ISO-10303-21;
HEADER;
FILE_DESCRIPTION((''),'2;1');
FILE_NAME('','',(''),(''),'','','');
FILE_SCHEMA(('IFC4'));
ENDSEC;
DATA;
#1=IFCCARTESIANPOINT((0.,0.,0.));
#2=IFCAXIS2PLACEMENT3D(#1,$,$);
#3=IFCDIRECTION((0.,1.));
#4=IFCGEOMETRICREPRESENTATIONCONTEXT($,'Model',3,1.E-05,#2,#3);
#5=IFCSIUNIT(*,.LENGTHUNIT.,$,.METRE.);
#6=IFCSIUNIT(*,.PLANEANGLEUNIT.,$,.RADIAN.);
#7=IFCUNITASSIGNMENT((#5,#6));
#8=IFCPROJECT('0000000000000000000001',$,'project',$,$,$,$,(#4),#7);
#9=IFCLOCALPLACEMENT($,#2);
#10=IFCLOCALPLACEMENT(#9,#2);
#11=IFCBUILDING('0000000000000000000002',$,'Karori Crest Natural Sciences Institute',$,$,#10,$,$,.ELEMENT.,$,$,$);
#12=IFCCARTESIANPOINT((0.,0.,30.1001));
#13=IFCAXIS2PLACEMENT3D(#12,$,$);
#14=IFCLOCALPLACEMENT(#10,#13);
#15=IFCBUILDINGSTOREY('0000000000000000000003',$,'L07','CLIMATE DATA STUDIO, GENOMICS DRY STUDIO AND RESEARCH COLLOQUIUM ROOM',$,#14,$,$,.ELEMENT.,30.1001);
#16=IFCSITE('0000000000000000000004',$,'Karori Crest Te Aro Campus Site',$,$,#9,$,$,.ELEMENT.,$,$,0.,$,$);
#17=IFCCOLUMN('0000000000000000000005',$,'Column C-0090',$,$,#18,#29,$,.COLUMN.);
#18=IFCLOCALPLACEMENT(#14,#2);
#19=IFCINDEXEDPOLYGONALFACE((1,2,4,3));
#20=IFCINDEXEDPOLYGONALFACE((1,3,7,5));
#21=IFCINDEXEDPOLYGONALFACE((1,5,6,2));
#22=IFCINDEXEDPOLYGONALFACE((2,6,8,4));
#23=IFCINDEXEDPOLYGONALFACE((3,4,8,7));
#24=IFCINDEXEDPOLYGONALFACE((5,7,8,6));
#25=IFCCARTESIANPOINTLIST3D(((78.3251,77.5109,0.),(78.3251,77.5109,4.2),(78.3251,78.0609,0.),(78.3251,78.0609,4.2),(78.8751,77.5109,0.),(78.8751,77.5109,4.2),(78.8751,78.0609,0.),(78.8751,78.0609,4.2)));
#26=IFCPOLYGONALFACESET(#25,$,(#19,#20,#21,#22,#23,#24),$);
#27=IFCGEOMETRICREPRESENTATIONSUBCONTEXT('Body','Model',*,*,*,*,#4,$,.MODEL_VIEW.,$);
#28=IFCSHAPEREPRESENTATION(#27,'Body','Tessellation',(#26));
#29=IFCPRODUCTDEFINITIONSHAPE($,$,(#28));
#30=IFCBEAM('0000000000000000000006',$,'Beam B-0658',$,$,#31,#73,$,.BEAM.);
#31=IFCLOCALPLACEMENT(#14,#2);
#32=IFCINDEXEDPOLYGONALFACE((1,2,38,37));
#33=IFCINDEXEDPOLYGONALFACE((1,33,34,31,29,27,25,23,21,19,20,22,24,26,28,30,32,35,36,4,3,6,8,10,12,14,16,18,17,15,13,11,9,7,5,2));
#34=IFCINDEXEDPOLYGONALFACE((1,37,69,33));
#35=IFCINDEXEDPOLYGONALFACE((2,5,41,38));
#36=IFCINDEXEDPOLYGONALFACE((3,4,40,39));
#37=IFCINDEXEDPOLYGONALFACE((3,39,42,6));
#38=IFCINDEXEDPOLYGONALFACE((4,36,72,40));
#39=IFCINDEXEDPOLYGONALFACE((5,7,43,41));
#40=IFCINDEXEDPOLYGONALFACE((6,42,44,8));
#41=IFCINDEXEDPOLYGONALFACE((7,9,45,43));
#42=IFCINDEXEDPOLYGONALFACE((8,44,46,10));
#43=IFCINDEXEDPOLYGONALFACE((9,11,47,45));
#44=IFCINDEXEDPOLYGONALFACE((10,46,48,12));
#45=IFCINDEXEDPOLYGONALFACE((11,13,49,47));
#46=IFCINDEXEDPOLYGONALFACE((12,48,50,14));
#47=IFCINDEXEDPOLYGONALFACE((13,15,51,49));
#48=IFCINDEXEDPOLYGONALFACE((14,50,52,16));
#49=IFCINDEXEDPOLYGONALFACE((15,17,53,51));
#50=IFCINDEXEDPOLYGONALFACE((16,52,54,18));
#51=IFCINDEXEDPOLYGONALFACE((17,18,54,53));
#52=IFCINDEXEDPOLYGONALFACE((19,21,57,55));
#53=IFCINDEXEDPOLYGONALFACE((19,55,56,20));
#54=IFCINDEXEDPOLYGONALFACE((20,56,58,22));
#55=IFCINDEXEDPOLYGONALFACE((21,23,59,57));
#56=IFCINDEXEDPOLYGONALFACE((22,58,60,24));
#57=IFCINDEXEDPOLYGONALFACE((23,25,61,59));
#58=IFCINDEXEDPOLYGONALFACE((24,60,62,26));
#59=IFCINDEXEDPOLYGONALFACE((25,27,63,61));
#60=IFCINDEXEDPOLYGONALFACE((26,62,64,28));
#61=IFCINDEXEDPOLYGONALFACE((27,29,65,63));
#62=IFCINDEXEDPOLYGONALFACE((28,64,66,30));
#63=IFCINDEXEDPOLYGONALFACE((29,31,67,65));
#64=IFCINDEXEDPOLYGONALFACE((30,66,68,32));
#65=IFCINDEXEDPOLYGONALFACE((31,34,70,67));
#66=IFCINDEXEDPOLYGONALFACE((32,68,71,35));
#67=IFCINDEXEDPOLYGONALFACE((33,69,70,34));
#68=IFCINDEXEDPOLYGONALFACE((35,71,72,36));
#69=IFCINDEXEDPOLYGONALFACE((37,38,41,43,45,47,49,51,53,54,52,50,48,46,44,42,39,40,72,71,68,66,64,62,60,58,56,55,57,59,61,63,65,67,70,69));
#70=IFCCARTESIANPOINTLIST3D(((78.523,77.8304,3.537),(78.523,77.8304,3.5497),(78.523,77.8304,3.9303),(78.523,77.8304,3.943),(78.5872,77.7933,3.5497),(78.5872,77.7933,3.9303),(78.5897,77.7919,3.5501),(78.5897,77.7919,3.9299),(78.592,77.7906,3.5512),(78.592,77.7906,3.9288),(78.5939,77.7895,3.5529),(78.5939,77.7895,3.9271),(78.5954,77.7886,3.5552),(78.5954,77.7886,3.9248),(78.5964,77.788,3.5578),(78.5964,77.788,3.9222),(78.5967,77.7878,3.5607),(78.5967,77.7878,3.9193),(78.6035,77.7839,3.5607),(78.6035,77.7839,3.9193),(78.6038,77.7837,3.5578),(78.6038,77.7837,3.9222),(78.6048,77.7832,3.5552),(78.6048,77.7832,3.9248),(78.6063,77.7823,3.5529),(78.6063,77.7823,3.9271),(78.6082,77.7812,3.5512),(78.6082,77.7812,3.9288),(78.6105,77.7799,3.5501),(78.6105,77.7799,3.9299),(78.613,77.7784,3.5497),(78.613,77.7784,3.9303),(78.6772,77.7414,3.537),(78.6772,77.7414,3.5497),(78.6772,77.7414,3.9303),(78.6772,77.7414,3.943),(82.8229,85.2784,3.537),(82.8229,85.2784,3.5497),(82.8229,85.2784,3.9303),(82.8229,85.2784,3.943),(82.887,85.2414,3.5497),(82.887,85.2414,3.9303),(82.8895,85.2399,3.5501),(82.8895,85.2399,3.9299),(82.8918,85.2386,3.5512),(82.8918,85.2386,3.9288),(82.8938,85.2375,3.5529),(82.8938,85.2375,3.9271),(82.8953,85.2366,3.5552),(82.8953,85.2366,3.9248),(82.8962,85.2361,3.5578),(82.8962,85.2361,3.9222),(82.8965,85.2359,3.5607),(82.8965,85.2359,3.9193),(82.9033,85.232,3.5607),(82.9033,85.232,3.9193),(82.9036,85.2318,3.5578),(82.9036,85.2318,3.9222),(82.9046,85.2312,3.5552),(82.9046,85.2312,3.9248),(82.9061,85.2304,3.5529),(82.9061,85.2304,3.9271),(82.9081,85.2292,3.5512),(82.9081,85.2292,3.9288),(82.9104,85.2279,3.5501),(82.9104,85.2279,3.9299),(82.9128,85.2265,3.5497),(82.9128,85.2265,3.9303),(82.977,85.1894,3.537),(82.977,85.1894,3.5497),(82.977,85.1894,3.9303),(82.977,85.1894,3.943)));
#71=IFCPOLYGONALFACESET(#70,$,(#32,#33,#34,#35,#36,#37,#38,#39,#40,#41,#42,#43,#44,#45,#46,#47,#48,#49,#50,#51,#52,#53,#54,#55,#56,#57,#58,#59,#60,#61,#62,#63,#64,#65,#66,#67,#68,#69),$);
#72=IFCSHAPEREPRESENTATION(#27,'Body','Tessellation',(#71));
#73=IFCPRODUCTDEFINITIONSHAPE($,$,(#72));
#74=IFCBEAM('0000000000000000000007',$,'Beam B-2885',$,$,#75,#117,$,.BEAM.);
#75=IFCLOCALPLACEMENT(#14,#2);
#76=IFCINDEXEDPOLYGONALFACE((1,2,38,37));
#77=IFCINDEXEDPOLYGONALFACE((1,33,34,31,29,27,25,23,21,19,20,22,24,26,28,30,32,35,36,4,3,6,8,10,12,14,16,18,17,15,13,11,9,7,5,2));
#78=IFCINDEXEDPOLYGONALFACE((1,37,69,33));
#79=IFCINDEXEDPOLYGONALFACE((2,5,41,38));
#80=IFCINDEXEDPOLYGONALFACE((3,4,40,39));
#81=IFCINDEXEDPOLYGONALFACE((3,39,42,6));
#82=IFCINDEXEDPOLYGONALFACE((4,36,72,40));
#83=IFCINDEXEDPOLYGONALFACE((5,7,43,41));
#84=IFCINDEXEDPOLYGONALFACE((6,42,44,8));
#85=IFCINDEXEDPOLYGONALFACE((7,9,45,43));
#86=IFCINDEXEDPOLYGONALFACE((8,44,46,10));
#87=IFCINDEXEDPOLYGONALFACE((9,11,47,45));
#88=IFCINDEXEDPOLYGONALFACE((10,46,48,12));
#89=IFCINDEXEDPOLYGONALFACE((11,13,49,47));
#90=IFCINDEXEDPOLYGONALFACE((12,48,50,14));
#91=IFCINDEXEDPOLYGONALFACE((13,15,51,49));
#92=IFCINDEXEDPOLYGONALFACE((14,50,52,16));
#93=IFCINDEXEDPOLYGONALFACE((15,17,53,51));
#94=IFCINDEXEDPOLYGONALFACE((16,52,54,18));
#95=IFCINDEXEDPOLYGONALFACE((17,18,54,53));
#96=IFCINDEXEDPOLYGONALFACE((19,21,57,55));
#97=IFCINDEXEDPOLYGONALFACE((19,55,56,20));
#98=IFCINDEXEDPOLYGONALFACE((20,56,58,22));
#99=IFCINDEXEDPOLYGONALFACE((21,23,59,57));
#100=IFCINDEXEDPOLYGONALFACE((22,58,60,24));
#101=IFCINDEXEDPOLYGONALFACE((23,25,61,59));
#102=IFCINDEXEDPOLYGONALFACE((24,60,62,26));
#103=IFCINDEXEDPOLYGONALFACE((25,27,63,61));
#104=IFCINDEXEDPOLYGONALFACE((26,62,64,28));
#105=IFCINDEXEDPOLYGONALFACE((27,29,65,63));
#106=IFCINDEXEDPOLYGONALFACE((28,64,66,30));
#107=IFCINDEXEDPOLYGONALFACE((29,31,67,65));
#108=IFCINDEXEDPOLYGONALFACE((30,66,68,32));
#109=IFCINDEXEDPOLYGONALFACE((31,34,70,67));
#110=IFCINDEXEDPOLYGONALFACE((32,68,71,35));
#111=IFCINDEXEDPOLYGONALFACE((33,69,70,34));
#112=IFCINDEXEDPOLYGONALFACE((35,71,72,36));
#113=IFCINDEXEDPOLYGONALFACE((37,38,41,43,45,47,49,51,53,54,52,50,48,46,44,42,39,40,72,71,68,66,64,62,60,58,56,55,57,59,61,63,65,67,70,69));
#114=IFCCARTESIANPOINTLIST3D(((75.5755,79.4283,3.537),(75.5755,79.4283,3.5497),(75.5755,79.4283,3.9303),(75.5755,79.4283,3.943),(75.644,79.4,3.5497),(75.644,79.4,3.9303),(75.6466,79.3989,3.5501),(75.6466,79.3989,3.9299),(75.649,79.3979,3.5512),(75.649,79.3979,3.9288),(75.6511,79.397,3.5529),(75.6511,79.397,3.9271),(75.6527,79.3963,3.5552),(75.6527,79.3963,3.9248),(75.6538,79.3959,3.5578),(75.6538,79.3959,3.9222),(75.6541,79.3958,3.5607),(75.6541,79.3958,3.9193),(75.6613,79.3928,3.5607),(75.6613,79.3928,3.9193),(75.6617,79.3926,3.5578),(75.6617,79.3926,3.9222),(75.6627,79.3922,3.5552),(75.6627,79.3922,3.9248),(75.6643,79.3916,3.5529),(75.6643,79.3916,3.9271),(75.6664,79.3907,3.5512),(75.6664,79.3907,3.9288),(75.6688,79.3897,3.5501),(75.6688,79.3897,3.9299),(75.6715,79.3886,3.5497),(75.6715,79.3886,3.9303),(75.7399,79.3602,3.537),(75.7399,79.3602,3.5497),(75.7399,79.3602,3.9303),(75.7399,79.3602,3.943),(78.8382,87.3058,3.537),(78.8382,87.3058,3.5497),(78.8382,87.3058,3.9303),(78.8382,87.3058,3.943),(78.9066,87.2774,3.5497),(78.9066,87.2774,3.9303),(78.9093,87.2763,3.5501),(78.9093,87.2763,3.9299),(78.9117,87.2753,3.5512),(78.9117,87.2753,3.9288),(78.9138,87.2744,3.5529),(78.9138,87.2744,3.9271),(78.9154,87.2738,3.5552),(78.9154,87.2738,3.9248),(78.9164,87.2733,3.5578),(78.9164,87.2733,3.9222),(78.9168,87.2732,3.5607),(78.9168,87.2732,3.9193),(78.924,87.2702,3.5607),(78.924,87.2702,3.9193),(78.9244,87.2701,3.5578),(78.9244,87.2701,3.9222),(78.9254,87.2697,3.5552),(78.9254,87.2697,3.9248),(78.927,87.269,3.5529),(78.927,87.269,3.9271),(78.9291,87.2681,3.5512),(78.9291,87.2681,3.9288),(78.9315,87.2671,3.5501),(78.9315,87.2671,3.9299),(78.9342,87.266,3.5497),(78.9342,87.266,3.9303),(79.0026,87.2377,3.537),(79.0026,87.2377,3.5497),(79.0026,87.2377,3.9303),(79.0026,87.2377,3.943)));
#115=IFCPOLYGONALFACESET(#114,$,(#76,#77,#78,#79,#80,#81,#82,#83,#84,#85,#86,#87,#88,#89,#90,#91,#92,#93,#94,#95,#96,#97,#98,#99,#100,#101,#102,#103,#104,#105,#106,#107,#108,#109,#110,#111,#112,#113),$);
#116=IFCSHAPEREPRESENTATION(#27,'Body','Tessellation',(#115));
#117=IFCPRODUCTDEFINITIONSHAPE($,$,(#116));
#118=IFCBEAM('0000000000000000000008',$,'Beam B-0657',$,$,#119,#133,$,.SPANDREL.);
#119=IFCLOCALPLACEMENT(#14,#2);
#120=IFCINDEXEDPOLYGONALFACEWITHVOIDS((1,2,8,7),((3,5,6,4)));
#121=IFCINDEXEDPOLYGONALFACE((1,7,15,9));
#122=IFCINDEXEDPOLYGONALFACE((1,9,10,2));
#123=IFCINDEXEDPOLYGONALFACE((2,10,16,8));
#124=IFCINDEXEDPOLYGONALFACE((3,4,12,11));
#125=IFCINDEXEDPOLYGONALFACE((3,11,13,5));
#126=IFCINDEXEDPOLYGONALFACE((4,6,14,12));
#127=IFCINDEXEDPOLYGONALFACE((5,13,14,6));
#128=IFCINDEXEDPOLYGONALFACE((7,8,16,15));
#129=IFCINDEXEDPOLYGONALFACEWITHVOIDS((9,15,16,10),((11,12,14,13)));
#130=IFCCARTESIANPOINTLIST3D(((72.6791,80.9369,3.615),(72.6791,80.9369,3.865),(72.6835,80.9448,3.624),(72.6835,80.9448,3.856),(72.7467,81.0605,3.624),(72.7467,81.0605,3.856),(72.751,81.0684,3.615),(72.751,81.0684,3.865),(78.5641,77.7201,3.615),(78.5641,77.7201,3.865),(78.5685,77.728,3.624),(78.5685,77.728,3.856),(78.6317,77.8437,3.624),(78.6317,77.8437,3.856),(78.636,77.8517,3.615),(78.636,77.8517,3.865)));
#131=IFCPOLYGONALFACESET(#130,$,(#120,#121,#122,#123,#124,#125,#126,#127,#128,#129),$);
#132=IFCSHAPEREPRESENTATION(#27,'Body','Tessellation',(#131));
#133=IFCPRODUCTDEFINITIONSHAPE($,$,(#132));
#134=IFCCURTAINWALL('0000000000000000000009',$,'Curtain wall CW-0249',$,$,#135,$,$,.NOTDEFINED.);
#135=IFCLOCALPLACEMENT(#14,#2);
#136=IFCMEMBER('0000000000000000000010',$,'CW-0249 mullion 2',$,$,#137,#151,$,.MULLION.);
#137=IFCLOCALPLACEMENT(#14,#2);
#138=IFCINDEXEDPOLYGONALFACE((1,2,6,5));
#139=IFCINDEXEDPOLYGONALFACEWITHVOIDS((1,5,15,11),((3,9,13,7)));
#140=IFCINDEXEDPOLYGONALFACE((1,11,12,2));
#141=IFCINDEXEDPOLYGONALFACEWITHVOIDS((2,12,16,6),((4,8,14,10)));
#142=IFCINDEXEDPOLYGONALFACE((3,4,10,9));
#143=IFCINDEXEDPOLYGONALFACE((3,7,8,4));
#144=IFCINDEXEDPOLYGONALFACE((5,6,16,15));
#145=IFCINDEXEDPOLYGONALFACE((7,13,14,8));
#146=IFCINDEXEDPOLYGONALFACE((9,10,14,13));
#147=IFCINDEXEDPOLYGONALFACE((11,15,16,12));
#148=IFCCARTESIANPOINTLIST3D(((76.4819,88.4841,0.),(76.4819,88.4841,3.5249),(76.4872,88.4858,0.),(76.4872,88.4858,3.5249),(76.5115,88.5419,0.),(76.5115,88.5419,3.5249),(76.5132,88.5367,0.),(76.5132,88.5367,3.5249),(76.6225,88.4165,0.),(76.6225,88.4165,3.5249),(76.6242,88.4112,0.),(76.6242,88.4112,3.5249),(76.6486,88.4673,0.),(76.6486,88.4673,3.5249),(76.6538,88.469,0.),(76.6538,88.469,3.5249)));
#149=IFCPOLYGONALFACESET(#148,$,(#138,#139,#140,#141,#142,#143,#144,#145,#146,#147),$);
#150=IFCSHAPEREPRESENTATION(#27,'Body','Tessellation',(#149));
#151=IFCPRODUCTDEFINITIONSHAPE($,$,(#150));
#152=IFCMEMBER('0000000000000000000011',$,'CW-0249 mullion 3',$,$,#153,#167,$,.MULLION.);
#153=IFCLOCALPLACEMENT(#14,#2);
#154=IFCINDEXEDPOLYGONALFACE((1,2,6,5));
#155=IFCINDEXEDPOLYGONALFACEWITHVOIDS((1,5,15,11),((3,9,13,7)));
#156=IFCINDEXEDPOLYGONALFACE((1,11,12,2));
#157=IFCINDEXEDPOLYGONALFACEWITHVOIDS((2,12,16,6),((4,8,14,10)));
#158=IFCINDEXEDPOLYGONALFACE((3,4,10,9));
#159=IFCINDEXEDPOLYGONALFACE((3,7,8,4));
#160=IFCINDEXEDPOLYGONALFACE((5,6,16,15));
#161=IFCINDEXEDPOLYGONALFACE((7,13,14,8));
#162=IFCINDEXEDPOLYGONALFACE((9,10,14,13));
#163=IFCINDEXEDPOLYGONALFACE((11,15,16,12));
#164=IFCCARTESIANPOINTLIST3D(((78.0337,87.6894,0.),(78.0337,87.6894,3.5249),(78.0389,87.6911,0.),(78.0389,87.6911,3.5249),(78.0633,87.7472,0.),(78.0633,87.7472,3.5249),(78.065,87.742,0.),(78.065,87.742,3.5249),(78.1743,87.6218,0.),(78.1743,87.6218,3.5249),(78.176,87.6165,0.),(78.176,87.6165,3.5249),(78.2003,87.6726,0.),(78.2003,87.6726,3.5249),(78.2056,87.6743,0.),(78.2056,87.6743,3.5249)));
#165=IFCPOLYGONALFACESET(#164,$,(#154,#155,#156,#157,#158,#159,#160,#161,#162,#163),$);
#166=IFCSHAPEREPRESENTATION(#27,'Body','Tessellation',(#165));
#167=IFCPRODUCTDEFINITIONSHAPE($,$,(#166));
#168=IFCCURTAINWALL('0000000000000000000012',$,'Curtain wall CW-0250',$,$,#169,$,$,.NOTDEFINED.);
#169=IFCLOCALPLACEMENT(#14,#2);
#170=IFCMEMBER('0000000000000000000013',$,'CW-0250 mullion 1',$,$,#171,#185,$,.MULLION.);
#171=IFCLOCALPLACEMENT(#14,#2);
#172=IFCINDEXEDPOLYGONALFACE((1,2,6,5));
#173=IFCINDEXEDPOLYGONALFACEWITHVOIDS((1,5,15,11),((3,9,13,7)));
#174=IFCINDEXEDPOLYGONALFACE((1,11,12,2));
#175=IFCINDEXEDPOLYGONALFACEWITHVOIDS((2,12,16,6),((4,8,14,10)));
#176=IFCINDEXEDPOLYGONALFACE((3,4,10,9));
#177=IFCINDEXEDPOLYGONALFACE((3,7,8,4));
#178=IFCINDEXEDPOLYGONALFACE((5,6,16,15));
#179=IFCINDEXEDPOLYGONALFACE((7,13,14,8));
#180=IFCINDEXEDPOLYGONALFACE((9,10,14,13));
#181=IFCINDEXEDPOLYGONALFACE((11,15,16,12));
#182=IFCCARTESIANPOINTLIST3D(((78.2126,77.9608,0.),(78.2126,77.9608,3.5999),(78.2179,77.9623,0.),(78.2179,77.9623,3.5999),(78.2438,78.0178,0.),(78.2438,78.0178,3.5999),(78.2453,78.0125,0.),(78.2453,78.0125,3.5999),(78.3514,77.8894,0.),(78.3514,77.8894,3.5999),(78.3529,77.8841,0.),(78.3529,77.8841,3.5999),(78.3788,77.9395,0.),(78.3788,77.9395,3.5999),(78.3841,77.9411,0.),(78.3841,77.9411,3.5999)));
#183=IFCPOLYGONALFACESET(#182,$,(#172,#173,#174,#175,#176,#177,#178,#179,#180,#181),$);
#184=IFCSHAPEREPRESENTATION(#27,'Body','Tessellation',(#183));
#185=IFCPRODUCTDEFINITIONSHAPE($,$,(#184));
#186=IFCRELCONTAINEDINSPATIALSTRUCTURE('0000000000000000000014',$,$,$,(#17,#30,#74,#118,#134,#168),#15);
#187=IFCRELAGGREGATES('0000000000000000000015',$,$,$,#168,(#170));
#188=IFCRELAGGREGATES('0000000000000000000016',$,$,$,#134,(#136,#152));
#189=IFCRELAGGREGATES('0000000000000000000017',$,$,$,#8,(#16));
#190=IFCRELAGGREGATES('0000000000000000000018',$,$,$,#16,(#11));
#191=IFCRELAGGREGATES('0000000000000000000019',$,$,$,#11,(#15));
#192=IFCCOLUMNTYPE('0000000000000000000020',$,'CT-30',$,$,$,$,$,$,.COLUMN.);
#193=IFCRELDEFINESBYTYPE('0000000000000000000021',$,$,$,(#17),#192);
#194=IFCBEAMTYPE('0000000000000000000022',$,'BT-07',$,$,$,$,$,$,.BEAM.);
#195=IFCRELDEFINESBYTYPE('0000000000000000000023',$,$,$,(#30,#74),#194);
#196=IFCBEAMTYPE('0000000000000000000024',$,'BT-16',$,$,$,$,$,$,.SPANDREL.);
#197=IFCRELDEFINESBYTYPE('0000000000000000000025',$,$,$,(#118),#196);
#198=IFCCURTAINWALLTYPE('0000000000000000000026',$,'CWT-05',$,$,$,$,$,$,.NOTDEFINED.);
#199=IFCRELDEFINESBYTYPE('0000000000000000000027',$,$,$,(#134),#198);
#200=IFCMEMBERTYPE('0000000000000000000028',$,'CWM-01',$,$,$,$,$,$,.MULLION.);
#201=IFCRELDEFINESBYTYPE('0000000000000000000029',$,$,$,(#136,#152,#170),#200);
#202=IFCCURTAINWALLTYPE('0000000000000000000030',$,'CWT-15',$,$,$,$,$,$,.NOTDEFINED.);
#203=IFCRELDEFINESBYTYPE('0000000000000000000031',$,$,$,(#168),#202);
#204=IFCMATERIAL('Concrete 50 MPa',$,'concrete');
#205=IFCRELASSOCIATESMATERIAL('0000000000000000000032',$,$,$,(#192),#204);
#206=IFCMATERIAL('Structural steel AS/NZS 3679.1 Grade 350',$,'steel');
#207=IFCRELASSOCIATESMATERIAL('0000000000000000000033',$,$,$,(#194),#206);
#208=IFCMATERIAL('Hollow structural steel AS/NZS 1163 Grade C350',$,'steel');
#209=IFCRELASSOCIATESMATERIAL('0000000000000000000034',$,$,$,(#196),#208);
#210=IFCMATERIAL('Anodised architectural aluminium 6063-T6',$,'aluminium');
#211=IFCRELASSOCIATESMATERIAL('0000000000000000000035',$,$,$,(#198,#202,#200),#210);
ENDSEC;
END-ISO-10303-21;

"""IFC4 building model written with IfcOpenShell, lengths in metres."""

from ifc_helpers import new_model, si_unit, direction, frame, origin, origin_2d, place, context, subcontext, project, spatial, rectangle, hollow_rectangle, i_section, extrude, material, material_profile, profile_set, type_object, element, aggregate, save


model = new_model("IFC4")

# Units and contexts
model_context = context("Model", 3, precision=1e-05, world=origin(), true_north=direction((0.0, 1.0)))
body_context = subcontext(model_context, "Body", "Model", "MODEL_VIEW")
ifc_project = project(units=[si_unit("LENGTHUNIT", "METRE"), si_unit("PLANEANGLEUNIT", "RADIAN")], contexts=[model_context])

# Site, building, storey
site_placement = place(None, origin())
site = spatial("IfcSite", under=ifc_project, at=site_placement, Name="Karori Crest Te Aro Campus Site", CompositionType="ELEMENT", RefElevation=0.0)
building_placement = place(site_placement, origin())
building = spatial("IfcBuilding", under=site, at=building_placement, Name="Karori Crest Natural Sciences Institute", CompositionType="ELEMENT")
storey_placement = place(building_placement, frame((0.0, 0.0, 30.1001)))
storey = spatial("IfcBuildingStorey", under=building, at=storey_placement, Name="L07", Description="CLIMATE DATA STUDIO, GENOMICS DRY STUDIO AND RESEARCH COLLOQUIUM ROOM", CompositionType="ELEMENT", Elevation=30.1001)

# Column
ifc_material_1 = material(Name="Concrete 50 MPa", Category="concrete")
ifc_material_profile_1 = material_profile(ifc_material_1, rectangle(XDim=0.55, YDim=0.55, at=origin_2d()), Name="RC550x550")
ifc_profile_set_1 = profile_set([ifc_material_profile_1], Name="Concrete 50 MPa")
column_type = type_object("IfcColumnType", Name="CT-30", PredefinedType="COLUMN", material=ifc_profile_set_1)
column_placement = place(storey_placement, frame((78.6001, 77.7859, 0.0), z_axis=(0.0, 0.0, 1.0), x_axis=(1.0, 0.0, 0.0)))
element("IfcColumn", 1, at=column_placement, inside=storey, type_object=column_type, Name="Column C-0090", PredefinedType="COLUMN", context=body_context, shape_type="SweptSolid", body=[
    extrude(rectangle(XDim=0.55, YDim=0.55, at=origin_2d()), origin(), (0.0, 0.0, 1.0), 4.2),
])

# Beams
ifc_material_2 = material(Name="Structural steel AS/NZS 3679.1 Grade 350", Category="steel")
ifc_material_profile_2 = material_profile(ifc_material_2, i_section(OverallWidth=0.178, OverallDepth=0.406, WebThickness=0.0078, FlangeThickness=0.0127, FilletRadius=0.011, at=origin_2d()), Name="410UB59.7")
ifc_profile_set_2 = profile_set([ifc_material_profile_2], Name="Structural steel AS/NZS 3679.1 Grade 350")
beam_type_1 = type_object("IfcBeamType", Name="BT-07", PredefinedType="BEAM", material=ifc_profile_set_2)
beam_1_placement = place(storey_placement, frame((78.6001, 77.7859, 3.74), z_axis=(0.499974, 0.86604, 0.0), x_axis=(-0.86604, 0.499974, 0.0)))
element("IfcBeam", 2, at=beam_1_placement, inside=storey, type_object=beam_type_1, Name="Beam B-0658", PredefinedType="BEAM", context=body_context, shape_type="SweptSolid", body=[
    extrude(i_section(OverallWidth=0.178, OverallDepth=0.406, WebThickness=0.0078, FlangeThickness=0.0127, FilletRadius=0.011, at=origin_2d()), origin(), (0.0, 0.0, 1.0), 8.6001),
])
beam_2_placement = place(storey_placement, frame((75.6577, 79.3943, 3.74), z_axis=(0.382659, 0.92389, 0.0), x_axis=(-0.92389, 0.382659, 0.0)))
element("IfcBeam", 3, at=beam_2_placement, inside=storey, type_object=beam_type_1, Name="Beam B-2885", PredefinedType="BEAM", context=body_context, shape_type="SweptSolid", body=[
    extrude(i_section(OverallWidth=0.178, OverallDepth=0.406, WebThickness=0.0078, FlangeThickness=0.0127, FilletRadius=0.011, at=origin_2d()), origin(), (0.0, 0.0, 1.0), 8.5264),
])
ifc_material_3 = material(Name="Hollow structural steel AS/NZS 1163 Grade C350", Category="steel")
ifc_material_profile_3 = material_profile(ifc_material_3, hollow_rectangle(XDim=0.1499, YDim=0.25, WallThickness=0.009, at=origin_2d()), Name="RHS250x150x9")
ifc_profile_set_3 = profile_set([ifc_material_profile_3], Name="Hollow structural steel AS/NZS 1163 Grade C350")
beam_type_2 = type_object("IfcBeamType", Name="BT-16", PredefinedType="SPANDREL", material=ifc_profile_set_3)
beam_3_placement = place(storey_placement, frame((78.6001, 77.7859, 3.74), z_axis=(-0.87747, 0.479632, 0.0), x_axis=(-0.479632, -0.87747, 0.0)))
element("IfcBeam", 4, at=beam_3_placement, inside=storey, type_object=beam_type_2, Name="Beam B-0657", PredefinedType="SPANDREL", context=body_context, shape_type="SweptSolid", body=[
    extrude(hollow_rectangle(XDim=0.1499, YDim=0.25, WallThickness=0.009, at=origin_2d()), origin(), (0.0, 0.0, 1.0), 6.7068),
])

# Curtain walls, members
ifc_material_4 = material(Name="Anodised architectural aluminium 6063-T6", Category="aluminium")
curtain_wall_type_1 = type_object("IfcCurtainWallType", Name="CWT-05", PredefinedType="NOTDEFINED", material=ifc_material_4)
curtain_wall_1_placement = place(storey_placement, origin())
curtain_wall_1 = element("IfcCurtainWall", 5, at=curtain_wall_1_placement, inside=storey, type_object=curtain_wall_type_1, Name="Curtain wall CW-0249", PredefinedType="NOTDEFINED")
ifc_material_profile_4 = material_profile(ifc_material_4, hollow_rectangle(XDim=0.0649, YDim=0.1599, WallThickness=0.0039, at=origin_2d()), Name="CWM160x65x4")
ifc_profile_set_4 = profile_set([ifc_material_profile_4], Name="Anodised architectural aluminium 6063-T6")
member_type_1 = type_object("IfcMemberType", Name="CWM-01", PredefinedType="MULLION", material=ifc_profile_set_4)
member_1_placement = place(storey_placement, frame((76.5679, 88.4766, 0.0), z_axis=(0.0, 0.0, 1.0), x_axis=(0.455829, 0.890067, 0.0)))
member_1 = element("IfcMember", 6, at=member_1_placement, type_object=member_type_1, Name="CW-0249 mullion 2", PredefinedType="MULLION", context=body_context, shape_type="SweptSolid", body=[
    extrude(hollow_rectangle(XDim=0.0649, YDim=0.1599, WallThickness=0.0039, at=origin_2d()), origin(), (0.0, 0.0, 1.0), 3.5249),
])
member_2_placement = place(storey_placement, frame((78.1196, 87.6819, 0.0), z_axis=(0.0, 0.0, 1.0), x_axis=(0.455829, 0.890067, 0.0)))
member_2 = element("IfcMember", 7, at=member_2_placement, type_object=member_type_1, Name="CW-0249 mullion 3", PredefinedType="MULLION", context=body_context, shape_type="SweptSolid", body=[
    extrude(hollow_rectangle(XDim=0.0649, YDim=0.1599, WallThickness=0.0039, at=origin_2d()), origin(), (0.0, 0.0, 1.0), 3.5249),
])
curtain_wall_type_2 = type_object("IfcCurtainWallType", Name="CWT-15", PredefinedType="NOTDEFINED", material=ifc_material_4)
curtain_wall_2_placement = place(storey_placement, origin())
curtain_wall_2 = element("IfcCurtainWall", 8, at=curtain_wall_2_placement, inside=storey, type_object=curtain_wall_type_2, Name="Curtain wall CW-0250", PredefinedType="NOTDEFINED")
member_3_placement = place(storey_placement, frame((78.2983, 77.9509, 0.0), z_axis=(0.0, 0.0, 1.0), x_axis=(-0.479631, -0.87747, 0.0)))
member_3 = element("IfcMember", 9, at=member_3_placement, type_object=member_type_1, Name="CW-0250 mullion 1", PredefinedType="MULLION", context=body_context, shape_type="SweptSolid", body=[
    extrude(hollow_rectangle(XDim=0.0649, YDim=0.1599, WallThickness=0.0039, at=origin_2d()), origin(), (0.0, 0.0, 1.0), 3.5999),
])

aggregate(curtain_wall_2, [member_3])
aggregate(curtain_wall_1, [member_1, member_2])

save(model, "model.ifc")
